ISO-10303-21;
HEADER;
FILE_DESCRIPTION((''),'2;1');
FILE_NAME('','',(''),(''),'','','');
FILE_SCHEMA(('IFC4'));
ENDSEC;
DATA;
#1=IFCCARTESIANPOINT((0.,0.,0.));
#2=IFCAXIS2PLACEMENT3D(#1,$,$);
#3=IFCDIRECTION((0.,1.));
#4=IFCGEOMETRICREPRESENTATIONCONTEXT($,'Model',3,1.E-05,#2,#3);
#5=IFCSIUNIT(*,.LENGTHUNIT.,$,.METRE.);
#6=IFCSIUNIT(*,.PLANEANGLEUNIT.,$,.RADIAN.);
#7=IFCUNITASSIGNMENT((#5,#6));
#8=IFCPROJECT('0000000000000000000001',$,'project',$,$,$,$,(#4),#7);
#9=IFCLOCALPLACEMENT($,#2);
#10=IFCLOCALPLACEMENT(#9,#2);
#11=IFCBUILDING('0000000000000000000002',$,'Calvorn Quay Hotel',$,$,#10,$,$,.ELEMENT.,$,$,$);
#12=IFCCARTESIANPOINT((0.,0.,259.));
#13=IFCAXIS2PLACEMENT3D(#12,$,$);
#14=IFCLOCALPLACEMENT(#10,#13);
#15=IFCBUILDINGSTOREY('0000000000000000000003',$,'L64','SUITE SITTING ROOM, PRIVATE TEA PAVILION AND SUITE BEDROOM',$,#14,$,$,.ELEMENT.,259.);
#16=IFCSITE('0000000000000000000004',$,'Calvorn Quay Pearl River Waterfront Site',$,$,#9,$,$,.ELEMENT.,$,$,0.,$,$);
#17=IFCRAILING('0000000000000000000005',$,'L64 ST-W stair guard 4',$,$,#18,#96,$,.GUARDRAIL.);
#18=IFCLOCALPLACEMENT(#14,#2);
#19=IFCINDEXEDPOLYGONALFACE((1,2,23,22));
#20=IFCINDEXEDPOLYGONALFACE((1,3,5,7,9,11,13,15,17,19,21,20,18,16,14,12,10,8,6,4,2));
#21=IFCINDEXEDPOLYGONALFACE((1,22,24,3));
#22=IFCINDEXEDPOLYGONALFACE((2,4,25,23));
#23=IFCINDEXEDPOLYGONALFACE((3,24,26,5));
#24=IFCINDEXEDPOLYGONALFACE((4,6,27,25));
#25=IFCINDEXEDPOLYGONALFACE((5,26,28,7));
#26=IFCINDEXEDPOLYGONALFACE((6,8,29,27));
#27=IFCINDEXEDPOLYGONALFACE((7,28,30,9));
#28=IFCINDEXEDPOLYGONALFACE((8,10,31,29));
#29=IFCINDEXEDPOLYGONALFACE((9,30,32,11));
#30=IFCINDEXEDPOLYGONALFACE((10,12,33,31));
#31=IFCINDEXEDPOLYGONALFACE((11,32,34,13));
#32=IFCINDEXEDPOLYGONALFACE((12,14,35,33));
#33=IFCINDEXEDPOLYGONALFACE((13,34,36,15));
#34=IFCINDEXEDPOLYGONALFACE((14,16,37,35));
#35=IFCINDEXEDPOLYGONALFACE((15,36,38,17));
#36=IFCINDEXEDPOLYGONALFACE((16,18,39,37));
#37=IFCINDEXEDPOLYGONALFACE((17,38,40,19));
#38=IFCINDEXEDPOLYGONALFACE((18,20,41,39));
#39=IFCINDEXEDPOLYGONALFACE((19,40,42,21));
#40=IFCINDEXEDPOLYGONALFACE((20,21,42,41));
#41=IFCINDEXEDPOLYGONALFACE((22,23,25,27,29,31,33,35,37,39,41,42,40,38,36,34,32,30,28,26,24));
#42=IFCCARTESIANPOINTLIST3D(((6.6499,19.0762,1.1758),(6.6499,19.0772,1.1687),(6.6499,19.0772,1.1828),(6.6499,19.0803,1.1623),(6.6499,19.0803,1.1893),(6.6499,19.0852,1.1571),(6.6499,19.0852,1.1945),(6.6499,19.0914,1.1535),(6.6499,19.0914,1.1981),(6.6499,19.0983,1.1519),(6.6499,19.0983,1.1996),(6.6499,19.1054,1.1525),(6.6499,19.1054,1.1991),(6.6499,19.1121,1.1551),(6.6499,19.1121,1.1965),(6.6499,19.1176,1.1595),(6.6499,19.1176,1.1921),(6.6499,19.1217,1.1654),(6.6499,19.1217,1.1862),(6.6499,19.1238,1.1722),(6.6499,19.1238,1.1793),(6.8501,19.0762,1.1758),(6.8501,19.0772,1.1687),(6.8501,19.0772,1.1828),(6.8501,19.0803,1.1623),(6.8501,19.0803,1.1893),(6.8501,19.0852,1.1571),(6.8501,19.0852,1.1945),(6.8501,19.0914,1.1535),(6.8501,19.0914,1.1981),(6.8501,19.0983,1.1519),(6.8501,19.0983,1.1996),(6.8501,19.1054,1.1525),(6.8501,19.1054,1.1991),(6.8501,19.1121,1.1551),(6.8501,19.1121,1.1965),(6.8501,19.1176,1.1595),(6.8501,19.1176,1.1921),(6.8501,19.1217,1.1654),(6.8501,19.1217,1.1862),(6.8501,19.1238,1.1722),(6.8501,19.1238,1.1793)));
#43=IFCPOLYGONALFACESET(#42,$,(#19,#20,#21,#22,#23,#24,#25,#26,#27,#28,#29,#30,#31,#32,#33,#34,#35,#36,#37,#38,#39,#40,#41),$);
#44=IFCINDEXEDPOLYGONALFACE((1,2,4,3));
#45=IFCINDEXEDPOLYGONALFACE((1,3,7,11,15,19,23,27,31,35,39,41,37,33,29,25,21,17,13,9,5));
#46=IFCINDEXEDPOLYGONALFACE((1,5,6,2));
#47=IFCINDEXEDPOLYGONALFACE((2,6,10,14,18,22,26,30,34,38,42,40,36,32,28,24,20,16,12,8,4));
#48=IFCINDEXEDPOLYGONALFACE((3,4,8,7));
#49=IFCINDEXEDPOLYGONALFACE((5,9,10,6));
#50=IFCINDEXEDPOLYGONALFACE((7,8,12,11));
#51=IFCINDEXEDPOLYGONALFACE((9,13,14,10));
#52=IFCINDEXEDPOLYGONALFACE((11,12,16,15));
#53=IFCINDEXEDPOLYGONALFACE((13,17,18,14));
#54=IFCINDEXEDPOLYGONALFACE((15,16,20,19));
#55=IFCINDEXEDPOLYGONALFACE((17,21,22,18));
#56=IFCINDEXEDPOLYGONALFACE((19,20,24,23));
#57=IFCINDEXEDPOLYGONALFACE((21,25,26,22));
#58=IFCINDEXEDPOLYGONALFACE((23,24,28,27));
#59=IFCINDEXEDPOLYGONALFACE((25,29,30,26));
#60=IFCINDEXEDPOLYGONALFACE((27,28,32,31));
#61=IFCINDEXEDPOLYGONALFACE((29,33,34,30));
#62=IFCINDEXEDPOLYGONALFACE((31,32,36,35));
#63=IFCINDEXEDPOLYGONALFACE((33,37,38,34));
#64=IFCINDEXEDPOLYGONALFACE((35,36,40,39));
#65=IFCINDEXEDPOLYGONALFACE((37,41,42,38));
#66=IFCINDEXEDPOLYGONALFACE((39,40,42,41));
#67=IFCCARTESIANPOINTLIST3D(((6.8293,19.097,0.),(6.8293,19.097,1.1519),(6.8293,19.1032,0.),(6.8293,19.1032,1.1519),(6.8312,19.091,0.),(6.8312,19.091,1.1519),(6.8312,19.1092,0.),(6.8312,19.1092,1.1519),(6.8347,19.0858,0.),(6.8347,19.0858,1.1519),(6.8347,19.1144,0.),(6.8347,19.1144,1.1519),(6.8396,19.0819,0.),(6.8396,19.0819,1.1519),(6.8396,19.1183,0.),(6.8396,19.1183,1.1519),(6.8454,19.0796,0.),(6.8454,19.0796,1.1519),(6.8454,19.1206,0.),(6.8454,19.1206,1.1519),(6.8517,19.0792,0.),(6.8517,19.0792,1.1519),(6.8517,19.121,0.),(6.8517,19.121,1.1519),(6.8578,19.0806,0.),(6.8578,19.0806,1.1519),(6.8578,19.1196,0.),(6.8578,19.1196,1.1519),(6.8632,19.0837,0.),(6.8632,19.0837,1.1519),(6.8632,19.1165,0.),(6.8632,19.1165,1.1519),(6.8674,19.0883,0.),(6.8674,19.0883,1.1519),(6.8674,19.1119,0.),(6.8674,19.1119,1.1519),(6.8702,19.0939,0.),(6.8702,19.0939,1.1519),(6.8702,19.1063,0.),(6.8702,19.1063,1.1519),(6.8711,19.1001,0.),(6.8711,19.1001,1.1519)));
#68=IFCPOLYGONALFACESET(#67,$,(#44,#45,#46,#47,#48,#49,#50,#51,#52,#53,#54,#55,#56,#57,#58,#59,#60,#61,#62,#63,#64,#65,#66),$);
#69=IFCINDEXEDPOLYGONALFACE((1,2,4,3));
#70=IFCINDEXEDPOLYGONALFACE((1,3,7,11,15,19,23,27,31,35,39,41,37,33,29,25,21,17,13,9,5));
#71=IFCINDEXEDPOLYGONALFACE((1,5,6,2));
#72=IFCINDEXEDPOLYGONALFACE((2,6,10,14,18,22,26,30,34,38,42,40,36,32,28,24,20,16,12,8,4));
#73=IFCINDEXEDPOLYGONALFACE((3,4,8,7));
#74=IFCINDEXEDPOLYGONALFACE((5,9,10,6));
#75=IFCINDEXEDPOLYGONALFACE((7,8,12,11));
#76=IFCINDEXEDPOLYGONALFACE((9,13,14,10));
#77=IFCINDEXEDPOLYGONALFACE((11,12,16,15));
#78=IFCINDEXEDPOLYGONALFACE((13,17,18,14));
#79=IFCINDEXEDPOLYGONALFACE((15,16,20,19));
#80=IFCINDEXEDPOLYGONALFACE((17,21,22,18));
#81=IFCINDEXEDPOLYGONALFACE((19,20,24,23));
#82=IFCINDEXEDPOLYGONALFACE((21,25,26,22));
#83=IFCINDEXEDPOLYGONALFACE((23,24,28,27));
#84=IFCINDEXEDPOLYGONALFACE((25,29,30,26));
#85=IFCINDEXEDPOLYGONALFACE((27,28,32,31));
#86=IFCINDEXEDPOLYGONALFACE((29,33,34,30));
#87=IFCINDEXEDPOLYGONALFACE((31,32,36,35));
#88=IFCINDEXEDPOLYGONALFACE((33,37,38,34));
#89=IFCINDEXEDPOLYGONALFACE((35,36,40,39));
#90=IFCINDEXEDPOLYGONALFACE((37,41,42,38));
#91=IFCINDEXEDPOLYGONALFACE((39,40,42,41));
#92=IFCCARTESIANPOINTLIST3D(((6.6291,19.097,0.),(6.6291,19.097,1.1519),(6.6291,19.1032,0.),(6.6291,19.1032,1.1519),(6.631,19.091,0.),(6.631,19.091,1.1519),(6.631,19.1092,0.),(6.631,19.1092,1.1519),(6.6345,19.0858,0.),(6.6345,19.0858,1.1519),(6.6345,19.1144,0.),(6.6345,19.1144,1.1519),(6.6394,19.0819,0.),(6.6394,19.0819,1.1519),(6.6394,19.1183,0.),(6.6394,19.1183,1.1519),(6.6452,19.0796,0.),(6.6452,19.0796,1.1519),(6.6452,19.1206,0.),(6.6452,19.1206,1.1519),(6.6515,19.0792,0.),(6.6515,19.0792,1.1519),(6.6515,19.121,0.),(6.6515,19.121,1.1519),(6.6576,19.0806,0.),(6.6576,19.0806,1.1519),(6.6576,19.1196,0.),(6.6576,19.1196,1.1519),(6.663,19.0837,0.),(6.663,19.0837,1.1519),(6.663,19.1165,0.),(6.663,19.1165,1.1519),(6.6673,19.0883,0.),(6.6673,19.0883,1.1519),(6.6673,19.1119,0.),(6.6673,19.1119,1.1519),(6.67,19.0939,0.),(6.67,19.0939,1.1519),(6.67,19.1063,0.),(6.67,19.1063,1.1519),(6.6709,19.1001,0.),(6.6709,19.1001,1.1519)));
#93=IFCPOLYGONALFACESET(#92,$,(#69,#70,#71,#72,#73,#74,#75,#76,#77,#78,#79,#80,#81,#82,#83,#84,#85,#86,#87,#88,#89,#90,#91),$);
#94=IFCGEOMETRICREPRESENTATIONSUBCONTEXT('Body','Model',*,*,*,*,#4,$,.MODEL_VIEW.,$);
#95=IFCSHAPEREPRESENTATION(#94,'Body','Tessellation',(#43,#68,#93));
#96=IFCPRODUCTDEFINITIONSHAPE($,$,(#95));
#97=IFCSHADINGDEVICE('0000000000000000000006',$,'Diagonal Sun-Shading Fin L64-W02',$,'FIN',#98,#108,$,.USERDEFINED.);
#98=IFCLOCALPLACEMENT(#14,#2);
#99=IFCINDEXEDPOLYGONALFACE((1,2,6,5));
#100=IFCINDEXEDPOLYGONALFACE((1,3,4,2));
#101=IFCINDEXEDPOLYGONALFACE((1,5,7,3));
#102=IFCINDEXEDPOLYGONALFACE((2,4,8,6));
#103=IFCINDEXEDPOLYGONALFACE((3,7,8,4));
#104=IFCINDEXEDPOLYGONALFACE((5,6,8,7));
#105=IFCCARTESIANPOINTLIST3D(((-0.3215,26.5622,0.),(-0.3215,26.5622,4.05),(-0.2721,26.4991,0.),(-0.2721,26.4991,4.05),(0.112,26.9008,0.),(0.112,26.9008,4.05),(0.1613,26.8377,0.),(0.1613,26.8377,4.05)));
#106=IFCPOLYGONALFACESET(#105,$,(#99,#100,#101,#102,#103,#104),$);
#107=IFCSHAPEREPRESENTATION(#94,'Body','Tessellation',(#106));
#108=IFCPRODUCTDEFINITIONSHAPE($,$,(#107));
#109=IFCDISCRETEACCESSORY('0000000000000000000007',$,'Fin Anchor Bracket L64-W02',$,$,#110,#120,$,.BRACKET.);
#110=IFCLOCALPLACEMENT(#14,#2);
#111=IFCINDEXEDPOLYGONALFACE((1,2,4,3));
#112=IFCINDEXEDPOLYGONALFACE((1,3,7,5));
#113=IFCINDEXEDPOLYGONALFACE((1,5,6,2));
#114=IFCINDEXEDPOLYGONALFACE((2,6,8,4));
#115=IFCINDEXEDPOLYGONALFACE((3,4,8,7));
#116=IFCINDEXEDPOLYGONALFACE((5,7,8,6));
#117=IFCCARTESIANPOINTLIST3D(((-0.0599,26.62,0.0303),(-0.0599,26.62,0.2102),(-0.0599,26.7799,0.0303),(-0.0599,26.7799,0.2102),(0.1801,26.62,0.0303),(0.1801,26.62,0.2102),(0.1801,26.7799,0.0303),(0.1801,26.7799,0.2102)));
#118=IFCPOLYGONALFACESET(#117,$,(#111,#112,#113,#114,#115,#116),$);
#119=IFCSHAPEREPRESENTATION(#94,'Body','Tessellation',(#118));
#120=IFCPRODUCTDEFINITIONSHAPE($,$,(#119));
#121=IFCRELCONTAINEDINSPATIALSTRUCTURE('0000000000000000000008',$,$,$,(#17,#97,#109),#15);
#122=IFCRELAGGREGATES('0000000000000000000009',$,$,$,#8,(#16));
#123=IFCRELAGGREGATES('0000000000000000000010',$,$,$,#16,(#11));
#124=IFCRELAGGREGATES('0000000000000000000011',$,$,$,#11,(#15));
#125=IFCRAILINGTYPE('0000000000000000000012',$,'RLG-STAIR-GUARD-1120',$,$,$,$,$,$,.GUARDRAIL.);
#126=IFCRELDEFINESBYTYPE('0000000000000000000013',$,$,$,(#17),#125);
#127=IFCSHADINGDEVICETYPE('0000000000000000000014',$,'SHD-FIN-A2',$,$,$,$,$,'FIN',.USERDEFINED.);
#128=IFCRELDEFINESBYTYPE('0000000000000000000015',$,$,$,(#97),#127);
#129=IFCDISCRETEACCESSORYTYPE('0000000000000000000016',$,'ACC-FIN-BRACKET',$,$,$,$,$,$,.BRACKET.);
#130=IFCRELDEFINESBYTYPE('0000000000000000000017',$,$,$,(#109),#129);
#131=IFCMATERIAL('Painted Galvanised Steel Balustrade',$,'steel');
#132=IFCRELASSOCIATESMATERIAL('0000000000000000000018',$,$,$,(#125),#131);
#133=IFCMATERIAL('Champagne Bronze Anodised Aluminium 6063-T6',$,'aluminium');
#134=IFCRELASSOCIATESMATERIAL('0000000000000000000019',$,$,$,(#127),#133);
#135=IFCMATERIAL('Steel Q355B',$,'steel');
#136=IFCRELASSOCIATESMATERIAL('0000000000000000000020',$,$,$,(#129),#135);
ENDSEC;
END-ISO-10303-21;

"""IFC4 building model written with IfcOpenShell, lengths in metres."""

from ifc_helpers import new_model, si_unit, direction, frame, origin, origin_2d, place, context, subcontext, project, spatial, rectangle, circle, extrude, material, type_object, element, save


model = new_model("IFC4")

# Units and contexts
model_context = context("Model", 3, precision=1e-05, world=origin(), true_north=direction((0.0, 1.0)))
body_context = subcontext(model_context, "Body", "Model", "MODEL_VIEW")
ifc_project = project(units=[si_unit("LENGTHUNIT", "METRE"), si_unit("PLANEANGLEUNIT", "RADIAN")], contexts=[model_context])

# Site, building, storey
site_placement = place(None, origin())
site = spatial("IfcSite", under=ifc_project, at=site_placement, Name="Calvorn Quay Pearl River Waterfront Site", CompositionType="ELEMENT", RefElevation=0.0)
building_placement = place(site_placement, origin())
building = spatial("IfcBuilding", under=site, at=building_placement, Name="Calvorn Quay Hotel", CompositionType="ELEMENT")
storey_placement = place(building_placement, frame((0.0, 0.0, 259.0)))
storey = spatial("IfcBuildingStorey", under=building, at=storey_placement, Name="L64", Description="SUITE SITTING ROOM, PRIVATE TEA PAVILION AND SUITE BEDROOM", CompositionType="ELEMENT", Elevation=259.0)

# Railing
ifc_material_1 = material(Name="Painted Galvanised Steel Balustrade", Category="steel")
railing_type_1 = type_object("IfcRailingType", Name="RLG-STAIR-GUARD-1120", PredefinedType="GUARDRAIL", material=ifc_material_1)
railing_1_placement = place(storey_placement, frame((6.8501, 19.1001, 0.0)))
element("IfcRailing", 1, at=railing_1_placement, inside=storey, type_object=railing_type_1, Name="L64 ST-W stair guard 4", PredefinedType="GUARDRAIL", context=body_context, shape_type="SweptSolid", body=[
    extrude(circle(Radius=0.0239, at=origin_2d()), frame((0.0, 0.0, 1.1758), z_axis=(-1.0, 0.0, 0.0), x_axis=(0.0, -1.0, 0.0)), (0.0, 0.0, 1.0), 0.2002),
    extrude(circle(Radius=0.021, at=origin_2d()), origin(), (0.0, 0.0, 1.0), 1.1519),
    extrude(circle(Radius=0.021, at=origin_2d()), frame((-0.2002, 0.0, 0.0)), (0.0, 0.0, 1.0), 1.1519),
])

# Shading device
ifc_material_2 = material(Name="Champagne Bronze Anodised Aluminium 6063-T6", Category="aluminium")
shading_device_type = type_object("IfcShadingDeviceType", Name="SHD-FIN-A2", ElementType="FIN", PredefinedType="USERDEFINED", material=ifc_material_2)
shading_device_placement = place(storey_placement, frame((-0.0801, 26.7, 0.0), z_axis=(0.0, 0.0, 1.0), x_axis=(0.788011, 0.615661, 0.0)))
element("IfcShadingDevice", 2, at=shading_device_placement, inside=storey, type_object=shading_device_type, Name="Diagonal Sun-Shading Fin L64-W02", ObjectType="FIN", PredefinedType="USERDEFINED", context=body_context, shape_type="SweptSolid", body=[
    extrude(rectangle(XDim=0.55, YDim=0.0801, at=origin_2d()), origin(), (0.0, 0.0, 1.0), 4.05),
])

# Discrete accessory
ifc_material_3 = material(Name="Steel Q355B", Category="steel")
discrete_accessory_type = type_object("IfcDiscreteAccessoryType", Name="ACC-FIN-BRACKET", PredefinedType="BRACKET", material=ifc_material_3)
discrete_accessory_placement = place(storey_placement, frame((0.0601, 26.7, 0.0303), z_axis=(0.0, 0.0, 1.0), x_axis=(1.0, 0.0, 0.0)))
element("IfcDiscreteAccessory", 3, at=discrete_accessory_placement, inside=storey, type_object=discrete_accessory_type, Name="Fin Anchor Bracket L64-W02", PredefinedType="BRACKET", context=body_context, shape_type="SweptSolid", body=[
    extrude(rectangle(XDim=0.24, YDim=0.1599, at=origin_2d()), origin(), (0.0, 0.0, 1.0), 0.1799),
])

save(model, "model.ifc")
